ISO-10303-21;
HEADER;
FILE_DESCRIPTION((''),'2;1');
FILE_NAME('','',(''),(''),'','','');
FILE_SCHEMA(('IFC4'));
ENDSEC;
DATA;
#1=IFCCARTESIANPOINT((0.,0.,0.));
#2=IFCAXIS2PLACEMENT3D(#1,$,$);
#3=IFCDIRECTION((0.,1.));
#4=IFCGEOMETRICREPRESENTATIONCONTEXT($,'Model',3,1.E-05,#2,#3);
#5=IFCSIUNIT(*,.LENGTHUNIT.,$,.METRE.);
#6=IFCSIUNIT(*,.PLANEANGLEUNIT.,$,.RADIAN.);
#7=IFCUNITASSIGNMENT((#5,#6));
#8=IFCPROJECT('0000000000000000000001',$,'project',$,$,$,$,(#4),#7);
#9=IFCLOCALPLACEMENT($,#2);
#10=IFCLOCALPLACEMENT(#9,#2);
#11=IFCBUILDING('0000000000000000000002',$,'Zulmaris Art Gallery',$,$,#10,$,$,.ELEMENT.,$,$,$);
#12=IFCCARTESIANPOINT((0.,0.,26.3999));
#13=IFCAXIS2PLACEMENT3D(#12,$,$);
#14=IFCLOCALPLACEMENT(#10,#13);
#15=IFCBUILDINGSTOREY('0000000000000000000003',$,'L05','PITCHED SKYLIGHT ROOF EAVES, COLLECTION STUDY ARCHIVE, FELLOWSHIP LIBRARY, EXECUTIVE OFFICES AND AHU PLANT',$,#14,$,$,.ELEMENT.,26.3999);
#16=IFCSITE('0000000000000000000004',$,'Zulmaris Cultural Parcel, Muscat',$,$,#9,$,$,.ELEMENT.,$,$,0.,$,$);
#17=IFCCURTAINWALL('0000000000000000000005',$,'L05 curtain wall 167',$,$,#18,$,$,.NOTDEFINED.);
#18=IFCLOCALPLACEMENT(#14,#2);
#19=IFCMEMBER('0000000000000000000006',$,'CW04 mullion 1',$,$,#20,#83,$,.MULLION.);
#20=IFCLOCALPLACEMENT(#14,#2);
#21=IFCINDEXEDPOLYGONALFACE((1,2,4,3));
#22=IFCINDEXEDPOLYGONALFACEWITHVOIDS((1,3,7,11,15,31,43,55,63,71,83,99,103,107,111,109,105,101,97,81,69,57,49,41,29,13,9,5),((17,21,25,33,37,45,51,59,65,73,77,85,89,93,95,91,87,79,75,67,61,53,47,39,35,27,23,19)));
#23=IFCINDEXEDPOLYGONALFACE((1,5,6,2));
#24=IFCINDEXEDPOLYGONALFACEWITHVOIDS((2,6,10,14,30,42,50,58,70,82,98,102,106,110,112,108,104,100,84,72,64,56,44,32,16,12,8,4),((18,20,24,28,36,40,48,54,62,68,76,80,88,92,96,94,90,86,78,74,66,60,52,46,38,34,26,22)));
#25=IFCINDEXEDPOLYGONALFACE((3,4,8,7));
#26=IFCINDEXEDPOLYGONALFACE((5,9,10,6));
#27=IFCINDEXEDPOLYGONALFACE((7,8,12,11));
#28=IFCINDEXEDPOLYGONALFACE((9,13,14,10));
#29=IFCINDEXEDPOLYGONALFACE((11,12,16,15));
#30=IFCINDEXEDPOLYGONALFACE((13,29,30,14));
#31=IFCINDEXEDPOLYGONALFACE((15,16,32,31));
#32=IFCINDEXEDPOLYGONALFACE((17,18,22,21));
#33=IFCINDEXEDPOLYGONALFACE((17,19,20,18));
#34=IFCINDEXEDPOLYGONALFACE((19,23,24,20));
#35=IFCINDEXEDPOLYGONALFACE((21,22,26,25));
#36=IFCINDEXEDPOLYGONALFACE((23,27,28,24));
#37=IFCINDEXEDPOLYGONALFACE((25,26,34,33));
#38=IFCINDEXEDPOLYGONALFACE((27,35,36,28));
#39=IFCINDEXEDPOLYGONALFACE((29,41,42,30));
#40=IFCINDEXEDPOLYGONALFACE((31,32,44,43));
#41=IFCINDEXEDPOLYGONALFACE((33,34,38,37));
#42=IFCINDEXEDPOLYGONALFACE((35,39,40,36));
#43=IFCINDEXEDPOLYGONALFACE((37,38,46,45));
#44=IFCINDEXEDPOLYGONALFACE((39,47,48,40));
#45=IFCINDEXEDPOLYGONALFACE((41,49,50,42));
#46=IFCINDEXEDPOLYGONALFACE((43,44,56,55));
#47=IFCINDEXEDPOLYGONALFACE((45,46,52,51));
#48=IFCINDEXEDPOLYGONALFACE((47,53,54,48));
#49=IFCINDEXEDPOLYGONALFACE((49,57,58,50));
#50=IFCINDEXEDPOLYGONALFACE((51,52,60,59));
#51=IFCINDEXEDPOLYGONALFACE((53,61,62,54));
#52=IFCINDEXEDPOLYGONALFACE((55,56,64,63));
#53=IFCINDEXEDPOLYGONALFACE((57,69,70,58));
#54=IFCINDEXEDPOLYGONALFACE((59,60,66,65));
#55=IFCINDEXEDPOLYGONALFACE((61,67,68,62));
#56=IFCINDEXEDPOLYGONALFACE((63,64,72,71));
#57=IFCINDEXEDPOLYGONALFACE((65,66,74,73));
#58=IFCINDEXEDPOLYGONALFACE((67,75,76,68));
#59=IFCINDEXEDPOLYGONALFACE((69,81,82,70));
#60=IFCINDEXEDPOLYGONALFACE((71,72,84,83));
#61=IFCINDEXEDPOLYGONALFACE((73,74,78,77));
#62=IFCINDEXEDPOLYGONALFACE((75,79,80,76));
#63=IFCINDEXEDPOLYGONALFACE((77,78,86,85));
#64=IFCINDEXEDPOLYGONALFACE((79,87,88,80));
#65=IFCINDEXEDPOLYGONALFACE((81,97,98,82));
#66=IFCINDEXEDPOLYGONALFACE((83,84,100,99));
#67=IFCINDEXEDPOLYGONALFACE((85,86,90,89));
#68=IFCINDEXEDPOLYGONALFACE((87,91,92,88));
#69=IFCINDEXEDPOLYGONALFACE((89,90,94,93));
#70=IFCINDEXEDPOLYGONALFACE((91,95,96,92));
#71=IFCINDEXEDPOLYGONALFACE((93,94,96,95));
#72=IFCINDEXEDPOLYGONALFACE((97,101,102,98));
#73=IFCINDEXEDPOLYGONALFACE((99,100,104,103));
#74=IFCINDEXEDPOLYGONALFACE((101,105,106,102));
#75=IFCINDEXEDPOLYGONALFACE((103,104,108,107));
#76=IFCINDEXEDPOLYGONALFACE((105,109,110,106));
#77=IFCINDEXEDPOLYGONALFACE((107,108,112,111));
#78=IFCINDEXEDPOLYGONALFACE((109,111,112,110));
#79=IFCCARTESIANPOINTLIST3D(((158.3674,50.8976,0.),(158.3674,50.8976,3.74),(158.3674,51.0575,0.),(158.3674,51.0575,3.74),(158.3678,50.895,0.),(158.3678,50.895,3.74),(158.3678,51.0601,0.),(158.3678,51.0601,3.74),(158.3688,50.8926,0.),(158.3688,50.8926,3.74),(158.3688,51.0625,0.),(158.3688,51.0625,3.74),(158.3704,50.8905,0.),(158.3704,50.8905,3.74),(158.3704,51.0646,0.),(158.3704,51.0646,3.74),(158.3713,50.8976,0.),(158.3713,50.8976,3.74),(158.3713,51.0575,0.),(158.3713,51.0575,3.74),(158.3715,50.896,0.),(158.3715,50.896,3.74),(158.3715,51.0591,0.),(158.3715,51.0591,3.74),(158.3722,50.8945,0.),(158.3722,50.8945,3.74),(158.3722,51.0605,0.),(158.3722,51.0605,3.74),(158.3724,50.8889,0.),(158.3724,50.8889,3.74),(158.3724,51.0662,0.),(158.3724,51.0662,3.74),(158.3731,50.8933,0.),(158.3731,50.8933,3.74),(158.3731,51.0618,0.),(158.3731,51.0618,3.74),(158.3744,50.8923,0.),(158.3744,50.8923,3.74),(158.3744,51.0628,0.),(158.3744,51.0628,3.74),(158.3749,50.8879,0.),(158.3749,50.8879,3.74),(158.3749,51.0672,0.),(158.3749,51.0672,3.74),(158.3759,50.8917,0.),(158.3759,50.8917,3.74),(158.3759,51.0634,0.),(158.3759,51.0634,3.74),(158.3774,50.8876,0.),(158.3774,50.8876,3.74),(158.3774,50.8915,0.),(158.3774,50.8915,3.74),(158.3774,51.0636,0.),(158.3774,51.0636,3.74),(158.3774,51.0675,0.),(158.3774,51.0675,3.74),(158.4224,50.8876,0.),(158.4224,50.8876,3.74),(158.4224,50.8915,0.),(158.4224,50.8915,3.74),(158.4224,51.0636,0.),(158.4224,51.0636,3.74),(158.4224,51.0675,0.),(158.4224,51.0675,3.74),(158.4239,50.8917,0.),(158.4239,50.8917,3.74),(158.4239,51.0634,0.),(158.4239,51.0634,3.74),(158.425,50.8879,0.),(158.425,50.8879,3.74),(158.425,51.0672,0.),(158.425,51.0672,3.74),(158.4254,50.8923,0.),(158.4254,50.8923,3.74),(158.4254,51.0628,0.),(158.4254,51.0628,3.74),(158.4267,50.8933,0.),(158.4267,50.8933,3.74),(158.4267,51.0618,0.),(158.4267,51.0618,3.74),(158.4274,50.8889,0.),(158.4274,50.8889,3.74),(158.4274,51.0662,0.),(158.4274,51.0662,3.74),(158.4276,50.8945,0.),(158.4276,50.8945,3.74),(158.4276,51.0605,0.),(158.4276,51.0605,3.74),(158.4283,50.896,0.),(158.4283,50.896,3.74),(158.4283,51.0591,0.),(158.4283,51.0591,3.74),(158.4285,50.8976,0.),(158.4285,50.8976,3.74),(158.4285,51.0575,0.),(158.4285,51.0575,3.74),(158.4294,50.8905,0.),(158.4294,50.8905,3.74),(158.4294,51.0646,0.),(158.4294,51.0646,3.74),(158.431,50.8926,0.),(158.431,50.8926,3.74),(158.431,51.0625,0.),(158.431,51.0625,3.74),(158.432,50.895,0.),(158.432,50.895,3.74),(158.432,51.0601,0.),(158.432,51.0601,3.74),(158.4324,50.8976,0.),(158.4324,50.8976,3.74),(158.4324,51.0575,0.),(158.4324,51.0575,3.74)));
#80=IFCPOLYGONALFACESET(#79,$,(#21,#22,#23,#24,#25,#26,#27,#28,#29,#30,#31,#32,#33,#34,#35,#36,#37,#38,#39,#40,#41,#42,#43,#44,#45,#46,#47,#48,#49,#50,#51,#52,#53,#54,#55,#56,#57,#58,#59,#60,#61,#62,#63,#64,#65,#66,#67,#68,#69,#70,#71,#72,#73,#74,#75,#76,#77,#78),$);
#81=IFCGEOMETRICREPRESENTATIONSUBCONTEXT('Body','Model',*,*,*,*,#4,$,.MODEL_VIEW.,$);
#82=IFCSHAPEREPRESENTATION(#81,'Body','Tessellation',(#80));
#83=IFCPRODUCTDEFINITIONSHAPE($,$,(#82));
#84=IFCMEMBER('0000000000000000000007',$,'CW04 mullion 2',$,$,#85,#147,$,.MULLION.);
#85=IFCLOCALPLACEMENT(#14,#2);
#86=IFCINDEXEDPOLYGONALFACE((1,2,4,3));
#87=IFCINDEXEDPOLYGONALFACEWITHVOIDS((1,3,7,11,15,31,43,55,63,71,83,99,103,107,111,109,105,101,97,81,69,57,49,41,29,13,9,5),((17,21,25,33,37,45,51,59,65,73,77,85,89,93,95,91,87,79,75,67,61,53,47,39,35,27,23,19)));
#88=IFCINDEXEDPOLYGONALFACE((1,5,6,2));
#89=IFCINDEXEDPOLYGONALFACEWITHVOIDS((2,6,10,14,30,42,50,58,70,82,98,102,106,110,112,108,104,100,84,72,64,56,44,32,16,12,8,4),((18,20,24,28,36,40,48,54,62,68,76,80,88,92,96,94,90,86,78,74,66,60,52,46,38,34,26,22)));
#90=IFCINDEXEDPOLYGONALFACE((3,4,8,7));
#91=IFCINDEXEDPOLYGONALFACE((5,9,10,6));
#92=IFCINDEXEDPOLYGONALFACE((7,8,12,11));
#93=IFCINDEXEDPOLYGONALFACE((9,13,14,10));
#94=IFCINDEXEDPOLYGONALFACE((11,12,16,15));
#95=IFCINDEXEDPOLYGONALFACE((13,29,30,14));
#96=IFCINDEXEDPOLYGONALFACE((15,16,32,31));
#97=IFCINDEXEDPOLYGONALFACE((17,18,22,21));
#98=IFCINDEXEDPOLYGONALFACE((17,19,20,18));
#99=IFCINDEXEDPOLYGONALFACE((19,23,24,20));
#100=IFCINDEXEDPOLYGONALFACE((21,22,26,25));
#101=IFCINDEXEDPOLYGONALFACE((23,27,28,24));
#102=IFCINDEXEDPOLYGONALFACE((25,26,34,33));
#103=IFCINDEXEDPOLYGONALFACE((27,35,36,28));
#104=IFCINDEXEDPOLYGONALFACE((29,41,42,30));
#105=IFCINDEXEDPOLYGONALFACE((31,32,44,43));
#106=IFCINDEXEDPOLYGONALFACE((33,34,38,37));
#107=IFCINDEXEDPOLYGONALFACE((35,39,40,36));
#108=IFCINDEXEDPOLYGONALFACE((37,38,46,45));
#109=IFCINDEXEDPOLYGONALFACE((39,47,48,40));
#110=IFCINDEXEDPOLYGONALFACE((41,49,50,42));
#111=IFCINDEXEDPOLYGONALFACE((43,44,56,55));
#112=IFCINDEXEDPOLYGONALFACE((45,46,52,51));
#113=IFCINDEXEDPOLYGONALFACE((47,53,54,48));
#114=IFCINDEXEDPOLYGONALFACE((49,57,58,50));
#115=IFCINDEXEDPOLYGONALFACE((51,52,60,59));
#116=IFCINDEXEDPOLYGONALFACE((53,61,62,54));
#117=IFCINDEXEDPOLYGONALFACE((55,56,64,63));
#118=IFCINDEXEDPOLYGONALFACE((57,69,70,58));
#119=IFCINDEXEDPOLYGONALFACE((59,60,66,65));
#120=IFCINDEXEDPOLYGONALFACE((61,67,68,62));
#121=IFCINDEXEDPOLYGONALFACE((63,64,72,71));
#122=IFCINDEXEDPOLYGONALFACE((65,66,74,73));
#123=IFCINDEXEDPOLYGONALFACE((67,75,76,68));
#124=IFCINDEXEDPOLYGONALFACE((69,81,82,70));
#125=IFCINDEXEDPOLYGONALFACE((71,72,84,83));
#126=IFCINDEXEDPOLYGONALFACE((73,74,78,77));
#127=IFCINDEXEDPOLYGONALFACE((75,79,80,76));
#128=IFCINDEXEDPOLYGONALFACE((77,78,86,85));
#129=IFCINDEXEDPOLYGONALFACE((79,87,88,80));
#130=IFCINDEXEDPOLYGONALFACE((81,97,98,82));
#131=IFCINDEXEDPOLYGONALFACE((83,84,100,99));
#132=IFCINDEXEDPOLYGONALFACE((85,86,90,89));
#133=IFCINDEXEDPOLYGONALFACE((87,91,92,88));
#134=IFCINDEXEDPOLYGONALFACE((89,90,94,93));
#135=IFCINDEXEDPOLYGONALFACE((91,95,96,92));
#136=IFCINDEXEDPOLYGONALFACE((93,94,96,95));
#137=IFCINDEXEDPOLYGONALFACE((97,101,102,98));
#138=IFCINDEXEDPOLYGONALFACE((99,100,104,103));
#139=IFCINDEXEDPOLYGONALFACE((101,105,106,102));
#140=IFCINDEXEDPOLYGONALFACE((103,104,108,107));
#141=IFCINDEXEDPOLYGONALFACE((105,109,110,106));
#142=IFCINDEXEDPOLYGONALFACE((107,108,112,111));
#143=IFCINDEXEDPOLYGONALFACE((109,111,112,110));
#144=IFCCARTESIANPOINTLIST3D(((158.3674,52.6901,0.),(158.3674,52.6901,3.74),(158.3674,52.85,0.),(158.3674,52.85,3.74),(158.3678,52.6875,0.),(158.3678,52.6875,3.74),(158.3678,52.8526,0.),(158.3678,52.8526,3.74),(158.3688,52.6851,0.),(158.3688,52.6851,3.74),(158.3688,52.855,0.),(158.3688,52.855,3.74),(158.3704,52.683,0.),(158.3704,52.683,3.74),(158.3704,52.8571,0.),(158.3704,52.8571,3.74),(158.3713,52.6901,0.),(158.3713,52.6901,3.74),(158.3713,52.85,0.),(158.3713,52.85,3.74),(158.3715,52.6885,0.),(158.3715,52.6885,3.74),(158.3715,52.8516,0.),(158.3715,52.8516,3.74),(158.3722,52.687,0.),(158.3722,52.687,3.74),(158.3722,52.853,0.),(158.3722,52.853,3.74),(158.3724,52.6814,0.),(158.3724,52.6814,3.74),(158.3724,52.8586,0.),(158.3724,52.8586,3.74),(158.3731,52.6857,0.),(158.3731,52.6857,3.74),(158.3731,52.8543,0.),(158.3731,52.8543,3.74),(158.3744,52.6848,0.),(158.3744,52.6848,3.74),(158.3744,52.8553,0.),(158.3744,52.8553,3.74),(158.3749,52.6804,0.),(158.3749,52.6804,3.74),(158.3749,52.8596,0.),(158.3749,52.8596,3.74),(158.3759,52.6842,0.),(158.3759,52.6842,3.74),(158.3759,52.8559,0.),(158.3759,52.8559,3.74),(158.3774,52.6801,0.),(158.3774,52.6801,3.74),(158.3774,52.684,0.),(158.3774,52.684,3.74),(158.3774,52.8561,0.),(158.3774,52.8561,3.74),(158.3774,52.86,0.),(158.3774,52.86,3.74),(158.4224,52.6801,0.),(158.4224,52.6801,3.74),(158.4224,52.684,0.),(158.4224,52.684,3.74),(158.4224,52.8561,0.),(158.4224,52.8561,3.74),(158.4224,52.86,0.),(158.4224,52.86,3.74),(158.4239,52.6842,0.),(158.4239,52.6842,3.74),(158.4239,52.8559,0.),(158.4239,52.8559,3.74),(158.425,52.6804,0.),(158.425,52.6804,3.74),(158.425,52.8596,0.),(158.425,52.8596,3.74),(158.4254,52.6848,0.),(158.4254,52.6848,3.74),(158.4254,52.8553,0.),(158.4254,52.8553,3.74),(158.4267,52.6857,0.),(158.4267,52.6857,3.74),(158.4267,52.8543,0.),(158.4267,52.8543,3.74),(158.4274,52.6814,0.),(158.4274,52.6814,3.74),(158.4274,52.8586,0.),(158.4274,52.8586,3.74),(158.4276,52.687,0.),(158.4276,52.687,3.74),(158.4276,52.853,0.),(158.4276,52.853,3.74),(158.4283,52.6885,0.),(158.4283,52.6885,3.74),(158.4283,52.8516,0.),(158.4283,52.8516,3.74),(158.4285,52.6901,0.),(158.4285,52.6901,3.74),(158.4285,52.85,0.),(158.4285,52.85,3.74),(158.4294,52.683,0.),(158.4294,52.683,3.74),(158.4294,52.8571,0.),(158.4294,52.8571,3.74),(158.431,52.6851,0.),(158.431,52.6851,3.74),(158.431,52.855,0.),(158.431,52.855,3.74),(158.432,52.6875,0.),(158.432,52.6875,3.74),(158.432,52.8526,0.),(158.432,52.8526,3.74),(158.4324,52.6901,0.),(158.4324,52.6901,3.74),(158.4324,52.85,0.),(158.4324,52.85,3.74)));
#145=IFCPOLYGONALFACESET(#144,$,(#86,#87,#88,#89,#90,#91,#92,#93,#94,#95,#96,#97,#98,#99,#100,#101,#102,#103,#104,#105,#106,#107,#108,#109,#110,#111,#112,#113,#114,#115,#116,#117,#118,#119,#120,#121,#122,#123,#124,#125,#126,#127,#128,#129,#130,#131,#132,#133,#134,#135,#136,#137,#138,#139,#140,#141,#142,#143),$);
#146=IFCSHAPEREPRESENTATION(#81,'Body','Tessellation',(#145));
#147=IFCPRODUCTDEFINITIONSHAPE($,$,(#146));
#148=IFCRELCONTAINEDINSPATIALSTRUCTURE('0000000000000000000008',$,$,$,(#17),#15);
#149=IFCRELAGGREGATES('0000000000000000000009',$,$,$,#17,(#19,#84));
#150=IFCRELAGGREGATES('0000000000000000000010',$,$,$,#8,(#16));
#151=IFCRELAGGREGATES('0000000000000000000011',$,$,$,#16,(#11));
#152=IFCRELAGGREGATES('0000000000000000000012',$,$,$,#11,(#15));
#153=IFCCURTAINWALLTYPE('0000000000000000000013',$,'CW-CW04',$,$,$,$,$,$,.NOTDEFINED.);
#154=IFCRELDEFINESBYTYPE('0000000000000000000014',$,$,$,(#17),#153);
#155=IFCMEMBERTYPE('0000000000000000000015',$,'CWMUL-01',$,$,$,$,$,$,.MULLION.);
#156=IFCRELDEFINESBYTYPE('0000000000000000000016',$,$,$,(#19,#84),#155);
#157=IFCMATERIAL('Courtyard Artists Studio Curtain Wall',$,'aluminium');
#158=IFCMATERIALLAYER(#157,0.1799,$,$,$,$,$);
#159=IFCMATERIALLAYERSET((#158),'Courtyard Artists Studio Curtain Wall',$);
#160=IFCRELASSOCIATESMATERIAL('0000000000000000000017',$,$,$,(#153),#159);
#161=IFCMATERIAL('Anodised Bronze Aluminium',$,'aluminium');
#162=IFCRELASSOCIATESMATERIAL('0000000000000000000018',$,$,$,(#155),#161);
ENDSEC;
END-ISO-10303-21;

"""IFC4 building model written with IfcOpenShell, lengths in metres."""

from ifc_helpers import new_model, si_unit, direction, frame, origin, origin_2d, place, context, subcontext, project, spatial, hollow_rectangle, extrude, material, layer, layer_set, material_profile, profile_set, type_object, element, aggregate, save


model = new_model("IFC4")

# Units and contexts
model_context = context("Model", 3, precision=1e-05, world=origin(), true_north=direction((0.0, 1.0)))
body_context = subcontext(model_context, "Body", "Model", "MODEL_VIEW")
ifc_project = project(units=[si_unit("LENGTHUNIT", "METRE"), si_unit("PLANEANGLEUNIT", "RADIAN")], contexts=[model_context])

# Site, building, storey
site_placement = place(None, origin())
site = spatial("IfcSite", under=ifc_project, at=site_placement, Name="Zulmaris Cultural Parcel, Muscat", CompositionType="ELEMENT", RefElevation=0.0)
building_placement = place(site_placement, origin())
building = spatial("IfcBuilding", under=site, at=building_placement, Name="Zulmaris Art Gallery", CompositionType="ELEMENT")
storey_placement = place(building_placement, frame((0.0, 0.0, 26.3999)))
storey = spatial("IfcBuildingStorey", under=building, at=storey_placement, Name="L05", Description="PITCHED SKYLIGHT ROOF EAVES, COLLECTION STUDY ARCHIVE, FELLOWSHIP LIBRARY, EXECUTIVE OFFICES AND AHU PLANT", CompositionType="ELEMENT", Elevation=26.3999)

# Curtain wall, members
ifc_material_1 = material(Name="Courtyard Artists Studio Curtain Wall", Category="aluminium")
ifc_layer_1 = layer(ifc_material_1, 0.1799)
ifc_layer_set_1 = layer_set([ifc_layer_1], Name="Courtyard Artists Studio Curtain Wall")
curtain_wall_type = type_object("IfcCurtainWallType", Name="CW-CW04", PredefinedType="NOTDEFINED", material=ifc_layer_set_1)
curtain_wall_1_placement = place(storey_placement, origin())
curtain_wall_1 = element("IfcCurtainWall", 1, at=curtain_wall_1_placement, inside=storey, type_object=curtain_wall_type, Name="L05 curtain wall 167", PredefinedType="NOTDEFINED")
ifc_material_2 = material(Name="Anodised Bronze Aluminium", Category="aluminium")
ifc_material_profile_1 = material_profile(ifc_material_2, hollow_rectangle(XDim=0.0649, YDim=0.1799, WallThickness=0.0039, InnerFilletRadius=0.0061, OuterFilletRadius=0.01, at=origin_2d()), Name="ALU 65x180x4")
ifc_profile_set_1 = profile_set([ifc_material_profile_1], Name="Anodised Bronze Aluminium")
member_type_1 = type_object("IfcMemberType", Name="CWMUL-01", PredefinedType="MULLION", material=ifc_profile_set_1)
member_1_placement = place(storey_placement, frame((158.3999, 50.9775, 0.0), z_axis=(0.0, 0.0, 1.0), x_axis=(-1.0, 0.0, 0.0)))
member_1 = element("IfcMember", 2, at=member_1_placement, type_object=member_type_1, Name="CW04 mullion 1", PredefinedType="MULLION", context=body_context, shape_type="SweptSolid", body=[
    extrude(hollow_rectangle(XDim=0.0649, YDim=0.1799, WallThickness=0.0039, InnerFilletRadius=0.0061, OuterFilletRadius=0.01, at=origin_2d()), origin(), (0.0, 0.0, 1.0), 3.74),
])
member_2_placement = place(storey_placement, frame((158.3999, 52.77, 0.0), z_axis=(0.0, 0.0, 1.0), x_axis=(-1.0, 0.0, 0.0)))
member_2 = element("IfcMember", 3, at=member_2_placement, type_object=member_type_1, Name="CW04 mullion 2", PredefinedType="MULLION", context=body_context, shape_type="SweptSolid", body=[
    extrude(hollow_rectangle(XDim=0.0649, YDim=0.1799, WallThickness=0.0039, InnerFilletRadius=0.0061, OuterFilletRadius=0.01, at=origin_2d()), origin(), (0.0, 0.0, 1.0), 3.74),
])

aggregate(curtain_wall_1, [member_1, member_2])

save(model, "model.ifc")
